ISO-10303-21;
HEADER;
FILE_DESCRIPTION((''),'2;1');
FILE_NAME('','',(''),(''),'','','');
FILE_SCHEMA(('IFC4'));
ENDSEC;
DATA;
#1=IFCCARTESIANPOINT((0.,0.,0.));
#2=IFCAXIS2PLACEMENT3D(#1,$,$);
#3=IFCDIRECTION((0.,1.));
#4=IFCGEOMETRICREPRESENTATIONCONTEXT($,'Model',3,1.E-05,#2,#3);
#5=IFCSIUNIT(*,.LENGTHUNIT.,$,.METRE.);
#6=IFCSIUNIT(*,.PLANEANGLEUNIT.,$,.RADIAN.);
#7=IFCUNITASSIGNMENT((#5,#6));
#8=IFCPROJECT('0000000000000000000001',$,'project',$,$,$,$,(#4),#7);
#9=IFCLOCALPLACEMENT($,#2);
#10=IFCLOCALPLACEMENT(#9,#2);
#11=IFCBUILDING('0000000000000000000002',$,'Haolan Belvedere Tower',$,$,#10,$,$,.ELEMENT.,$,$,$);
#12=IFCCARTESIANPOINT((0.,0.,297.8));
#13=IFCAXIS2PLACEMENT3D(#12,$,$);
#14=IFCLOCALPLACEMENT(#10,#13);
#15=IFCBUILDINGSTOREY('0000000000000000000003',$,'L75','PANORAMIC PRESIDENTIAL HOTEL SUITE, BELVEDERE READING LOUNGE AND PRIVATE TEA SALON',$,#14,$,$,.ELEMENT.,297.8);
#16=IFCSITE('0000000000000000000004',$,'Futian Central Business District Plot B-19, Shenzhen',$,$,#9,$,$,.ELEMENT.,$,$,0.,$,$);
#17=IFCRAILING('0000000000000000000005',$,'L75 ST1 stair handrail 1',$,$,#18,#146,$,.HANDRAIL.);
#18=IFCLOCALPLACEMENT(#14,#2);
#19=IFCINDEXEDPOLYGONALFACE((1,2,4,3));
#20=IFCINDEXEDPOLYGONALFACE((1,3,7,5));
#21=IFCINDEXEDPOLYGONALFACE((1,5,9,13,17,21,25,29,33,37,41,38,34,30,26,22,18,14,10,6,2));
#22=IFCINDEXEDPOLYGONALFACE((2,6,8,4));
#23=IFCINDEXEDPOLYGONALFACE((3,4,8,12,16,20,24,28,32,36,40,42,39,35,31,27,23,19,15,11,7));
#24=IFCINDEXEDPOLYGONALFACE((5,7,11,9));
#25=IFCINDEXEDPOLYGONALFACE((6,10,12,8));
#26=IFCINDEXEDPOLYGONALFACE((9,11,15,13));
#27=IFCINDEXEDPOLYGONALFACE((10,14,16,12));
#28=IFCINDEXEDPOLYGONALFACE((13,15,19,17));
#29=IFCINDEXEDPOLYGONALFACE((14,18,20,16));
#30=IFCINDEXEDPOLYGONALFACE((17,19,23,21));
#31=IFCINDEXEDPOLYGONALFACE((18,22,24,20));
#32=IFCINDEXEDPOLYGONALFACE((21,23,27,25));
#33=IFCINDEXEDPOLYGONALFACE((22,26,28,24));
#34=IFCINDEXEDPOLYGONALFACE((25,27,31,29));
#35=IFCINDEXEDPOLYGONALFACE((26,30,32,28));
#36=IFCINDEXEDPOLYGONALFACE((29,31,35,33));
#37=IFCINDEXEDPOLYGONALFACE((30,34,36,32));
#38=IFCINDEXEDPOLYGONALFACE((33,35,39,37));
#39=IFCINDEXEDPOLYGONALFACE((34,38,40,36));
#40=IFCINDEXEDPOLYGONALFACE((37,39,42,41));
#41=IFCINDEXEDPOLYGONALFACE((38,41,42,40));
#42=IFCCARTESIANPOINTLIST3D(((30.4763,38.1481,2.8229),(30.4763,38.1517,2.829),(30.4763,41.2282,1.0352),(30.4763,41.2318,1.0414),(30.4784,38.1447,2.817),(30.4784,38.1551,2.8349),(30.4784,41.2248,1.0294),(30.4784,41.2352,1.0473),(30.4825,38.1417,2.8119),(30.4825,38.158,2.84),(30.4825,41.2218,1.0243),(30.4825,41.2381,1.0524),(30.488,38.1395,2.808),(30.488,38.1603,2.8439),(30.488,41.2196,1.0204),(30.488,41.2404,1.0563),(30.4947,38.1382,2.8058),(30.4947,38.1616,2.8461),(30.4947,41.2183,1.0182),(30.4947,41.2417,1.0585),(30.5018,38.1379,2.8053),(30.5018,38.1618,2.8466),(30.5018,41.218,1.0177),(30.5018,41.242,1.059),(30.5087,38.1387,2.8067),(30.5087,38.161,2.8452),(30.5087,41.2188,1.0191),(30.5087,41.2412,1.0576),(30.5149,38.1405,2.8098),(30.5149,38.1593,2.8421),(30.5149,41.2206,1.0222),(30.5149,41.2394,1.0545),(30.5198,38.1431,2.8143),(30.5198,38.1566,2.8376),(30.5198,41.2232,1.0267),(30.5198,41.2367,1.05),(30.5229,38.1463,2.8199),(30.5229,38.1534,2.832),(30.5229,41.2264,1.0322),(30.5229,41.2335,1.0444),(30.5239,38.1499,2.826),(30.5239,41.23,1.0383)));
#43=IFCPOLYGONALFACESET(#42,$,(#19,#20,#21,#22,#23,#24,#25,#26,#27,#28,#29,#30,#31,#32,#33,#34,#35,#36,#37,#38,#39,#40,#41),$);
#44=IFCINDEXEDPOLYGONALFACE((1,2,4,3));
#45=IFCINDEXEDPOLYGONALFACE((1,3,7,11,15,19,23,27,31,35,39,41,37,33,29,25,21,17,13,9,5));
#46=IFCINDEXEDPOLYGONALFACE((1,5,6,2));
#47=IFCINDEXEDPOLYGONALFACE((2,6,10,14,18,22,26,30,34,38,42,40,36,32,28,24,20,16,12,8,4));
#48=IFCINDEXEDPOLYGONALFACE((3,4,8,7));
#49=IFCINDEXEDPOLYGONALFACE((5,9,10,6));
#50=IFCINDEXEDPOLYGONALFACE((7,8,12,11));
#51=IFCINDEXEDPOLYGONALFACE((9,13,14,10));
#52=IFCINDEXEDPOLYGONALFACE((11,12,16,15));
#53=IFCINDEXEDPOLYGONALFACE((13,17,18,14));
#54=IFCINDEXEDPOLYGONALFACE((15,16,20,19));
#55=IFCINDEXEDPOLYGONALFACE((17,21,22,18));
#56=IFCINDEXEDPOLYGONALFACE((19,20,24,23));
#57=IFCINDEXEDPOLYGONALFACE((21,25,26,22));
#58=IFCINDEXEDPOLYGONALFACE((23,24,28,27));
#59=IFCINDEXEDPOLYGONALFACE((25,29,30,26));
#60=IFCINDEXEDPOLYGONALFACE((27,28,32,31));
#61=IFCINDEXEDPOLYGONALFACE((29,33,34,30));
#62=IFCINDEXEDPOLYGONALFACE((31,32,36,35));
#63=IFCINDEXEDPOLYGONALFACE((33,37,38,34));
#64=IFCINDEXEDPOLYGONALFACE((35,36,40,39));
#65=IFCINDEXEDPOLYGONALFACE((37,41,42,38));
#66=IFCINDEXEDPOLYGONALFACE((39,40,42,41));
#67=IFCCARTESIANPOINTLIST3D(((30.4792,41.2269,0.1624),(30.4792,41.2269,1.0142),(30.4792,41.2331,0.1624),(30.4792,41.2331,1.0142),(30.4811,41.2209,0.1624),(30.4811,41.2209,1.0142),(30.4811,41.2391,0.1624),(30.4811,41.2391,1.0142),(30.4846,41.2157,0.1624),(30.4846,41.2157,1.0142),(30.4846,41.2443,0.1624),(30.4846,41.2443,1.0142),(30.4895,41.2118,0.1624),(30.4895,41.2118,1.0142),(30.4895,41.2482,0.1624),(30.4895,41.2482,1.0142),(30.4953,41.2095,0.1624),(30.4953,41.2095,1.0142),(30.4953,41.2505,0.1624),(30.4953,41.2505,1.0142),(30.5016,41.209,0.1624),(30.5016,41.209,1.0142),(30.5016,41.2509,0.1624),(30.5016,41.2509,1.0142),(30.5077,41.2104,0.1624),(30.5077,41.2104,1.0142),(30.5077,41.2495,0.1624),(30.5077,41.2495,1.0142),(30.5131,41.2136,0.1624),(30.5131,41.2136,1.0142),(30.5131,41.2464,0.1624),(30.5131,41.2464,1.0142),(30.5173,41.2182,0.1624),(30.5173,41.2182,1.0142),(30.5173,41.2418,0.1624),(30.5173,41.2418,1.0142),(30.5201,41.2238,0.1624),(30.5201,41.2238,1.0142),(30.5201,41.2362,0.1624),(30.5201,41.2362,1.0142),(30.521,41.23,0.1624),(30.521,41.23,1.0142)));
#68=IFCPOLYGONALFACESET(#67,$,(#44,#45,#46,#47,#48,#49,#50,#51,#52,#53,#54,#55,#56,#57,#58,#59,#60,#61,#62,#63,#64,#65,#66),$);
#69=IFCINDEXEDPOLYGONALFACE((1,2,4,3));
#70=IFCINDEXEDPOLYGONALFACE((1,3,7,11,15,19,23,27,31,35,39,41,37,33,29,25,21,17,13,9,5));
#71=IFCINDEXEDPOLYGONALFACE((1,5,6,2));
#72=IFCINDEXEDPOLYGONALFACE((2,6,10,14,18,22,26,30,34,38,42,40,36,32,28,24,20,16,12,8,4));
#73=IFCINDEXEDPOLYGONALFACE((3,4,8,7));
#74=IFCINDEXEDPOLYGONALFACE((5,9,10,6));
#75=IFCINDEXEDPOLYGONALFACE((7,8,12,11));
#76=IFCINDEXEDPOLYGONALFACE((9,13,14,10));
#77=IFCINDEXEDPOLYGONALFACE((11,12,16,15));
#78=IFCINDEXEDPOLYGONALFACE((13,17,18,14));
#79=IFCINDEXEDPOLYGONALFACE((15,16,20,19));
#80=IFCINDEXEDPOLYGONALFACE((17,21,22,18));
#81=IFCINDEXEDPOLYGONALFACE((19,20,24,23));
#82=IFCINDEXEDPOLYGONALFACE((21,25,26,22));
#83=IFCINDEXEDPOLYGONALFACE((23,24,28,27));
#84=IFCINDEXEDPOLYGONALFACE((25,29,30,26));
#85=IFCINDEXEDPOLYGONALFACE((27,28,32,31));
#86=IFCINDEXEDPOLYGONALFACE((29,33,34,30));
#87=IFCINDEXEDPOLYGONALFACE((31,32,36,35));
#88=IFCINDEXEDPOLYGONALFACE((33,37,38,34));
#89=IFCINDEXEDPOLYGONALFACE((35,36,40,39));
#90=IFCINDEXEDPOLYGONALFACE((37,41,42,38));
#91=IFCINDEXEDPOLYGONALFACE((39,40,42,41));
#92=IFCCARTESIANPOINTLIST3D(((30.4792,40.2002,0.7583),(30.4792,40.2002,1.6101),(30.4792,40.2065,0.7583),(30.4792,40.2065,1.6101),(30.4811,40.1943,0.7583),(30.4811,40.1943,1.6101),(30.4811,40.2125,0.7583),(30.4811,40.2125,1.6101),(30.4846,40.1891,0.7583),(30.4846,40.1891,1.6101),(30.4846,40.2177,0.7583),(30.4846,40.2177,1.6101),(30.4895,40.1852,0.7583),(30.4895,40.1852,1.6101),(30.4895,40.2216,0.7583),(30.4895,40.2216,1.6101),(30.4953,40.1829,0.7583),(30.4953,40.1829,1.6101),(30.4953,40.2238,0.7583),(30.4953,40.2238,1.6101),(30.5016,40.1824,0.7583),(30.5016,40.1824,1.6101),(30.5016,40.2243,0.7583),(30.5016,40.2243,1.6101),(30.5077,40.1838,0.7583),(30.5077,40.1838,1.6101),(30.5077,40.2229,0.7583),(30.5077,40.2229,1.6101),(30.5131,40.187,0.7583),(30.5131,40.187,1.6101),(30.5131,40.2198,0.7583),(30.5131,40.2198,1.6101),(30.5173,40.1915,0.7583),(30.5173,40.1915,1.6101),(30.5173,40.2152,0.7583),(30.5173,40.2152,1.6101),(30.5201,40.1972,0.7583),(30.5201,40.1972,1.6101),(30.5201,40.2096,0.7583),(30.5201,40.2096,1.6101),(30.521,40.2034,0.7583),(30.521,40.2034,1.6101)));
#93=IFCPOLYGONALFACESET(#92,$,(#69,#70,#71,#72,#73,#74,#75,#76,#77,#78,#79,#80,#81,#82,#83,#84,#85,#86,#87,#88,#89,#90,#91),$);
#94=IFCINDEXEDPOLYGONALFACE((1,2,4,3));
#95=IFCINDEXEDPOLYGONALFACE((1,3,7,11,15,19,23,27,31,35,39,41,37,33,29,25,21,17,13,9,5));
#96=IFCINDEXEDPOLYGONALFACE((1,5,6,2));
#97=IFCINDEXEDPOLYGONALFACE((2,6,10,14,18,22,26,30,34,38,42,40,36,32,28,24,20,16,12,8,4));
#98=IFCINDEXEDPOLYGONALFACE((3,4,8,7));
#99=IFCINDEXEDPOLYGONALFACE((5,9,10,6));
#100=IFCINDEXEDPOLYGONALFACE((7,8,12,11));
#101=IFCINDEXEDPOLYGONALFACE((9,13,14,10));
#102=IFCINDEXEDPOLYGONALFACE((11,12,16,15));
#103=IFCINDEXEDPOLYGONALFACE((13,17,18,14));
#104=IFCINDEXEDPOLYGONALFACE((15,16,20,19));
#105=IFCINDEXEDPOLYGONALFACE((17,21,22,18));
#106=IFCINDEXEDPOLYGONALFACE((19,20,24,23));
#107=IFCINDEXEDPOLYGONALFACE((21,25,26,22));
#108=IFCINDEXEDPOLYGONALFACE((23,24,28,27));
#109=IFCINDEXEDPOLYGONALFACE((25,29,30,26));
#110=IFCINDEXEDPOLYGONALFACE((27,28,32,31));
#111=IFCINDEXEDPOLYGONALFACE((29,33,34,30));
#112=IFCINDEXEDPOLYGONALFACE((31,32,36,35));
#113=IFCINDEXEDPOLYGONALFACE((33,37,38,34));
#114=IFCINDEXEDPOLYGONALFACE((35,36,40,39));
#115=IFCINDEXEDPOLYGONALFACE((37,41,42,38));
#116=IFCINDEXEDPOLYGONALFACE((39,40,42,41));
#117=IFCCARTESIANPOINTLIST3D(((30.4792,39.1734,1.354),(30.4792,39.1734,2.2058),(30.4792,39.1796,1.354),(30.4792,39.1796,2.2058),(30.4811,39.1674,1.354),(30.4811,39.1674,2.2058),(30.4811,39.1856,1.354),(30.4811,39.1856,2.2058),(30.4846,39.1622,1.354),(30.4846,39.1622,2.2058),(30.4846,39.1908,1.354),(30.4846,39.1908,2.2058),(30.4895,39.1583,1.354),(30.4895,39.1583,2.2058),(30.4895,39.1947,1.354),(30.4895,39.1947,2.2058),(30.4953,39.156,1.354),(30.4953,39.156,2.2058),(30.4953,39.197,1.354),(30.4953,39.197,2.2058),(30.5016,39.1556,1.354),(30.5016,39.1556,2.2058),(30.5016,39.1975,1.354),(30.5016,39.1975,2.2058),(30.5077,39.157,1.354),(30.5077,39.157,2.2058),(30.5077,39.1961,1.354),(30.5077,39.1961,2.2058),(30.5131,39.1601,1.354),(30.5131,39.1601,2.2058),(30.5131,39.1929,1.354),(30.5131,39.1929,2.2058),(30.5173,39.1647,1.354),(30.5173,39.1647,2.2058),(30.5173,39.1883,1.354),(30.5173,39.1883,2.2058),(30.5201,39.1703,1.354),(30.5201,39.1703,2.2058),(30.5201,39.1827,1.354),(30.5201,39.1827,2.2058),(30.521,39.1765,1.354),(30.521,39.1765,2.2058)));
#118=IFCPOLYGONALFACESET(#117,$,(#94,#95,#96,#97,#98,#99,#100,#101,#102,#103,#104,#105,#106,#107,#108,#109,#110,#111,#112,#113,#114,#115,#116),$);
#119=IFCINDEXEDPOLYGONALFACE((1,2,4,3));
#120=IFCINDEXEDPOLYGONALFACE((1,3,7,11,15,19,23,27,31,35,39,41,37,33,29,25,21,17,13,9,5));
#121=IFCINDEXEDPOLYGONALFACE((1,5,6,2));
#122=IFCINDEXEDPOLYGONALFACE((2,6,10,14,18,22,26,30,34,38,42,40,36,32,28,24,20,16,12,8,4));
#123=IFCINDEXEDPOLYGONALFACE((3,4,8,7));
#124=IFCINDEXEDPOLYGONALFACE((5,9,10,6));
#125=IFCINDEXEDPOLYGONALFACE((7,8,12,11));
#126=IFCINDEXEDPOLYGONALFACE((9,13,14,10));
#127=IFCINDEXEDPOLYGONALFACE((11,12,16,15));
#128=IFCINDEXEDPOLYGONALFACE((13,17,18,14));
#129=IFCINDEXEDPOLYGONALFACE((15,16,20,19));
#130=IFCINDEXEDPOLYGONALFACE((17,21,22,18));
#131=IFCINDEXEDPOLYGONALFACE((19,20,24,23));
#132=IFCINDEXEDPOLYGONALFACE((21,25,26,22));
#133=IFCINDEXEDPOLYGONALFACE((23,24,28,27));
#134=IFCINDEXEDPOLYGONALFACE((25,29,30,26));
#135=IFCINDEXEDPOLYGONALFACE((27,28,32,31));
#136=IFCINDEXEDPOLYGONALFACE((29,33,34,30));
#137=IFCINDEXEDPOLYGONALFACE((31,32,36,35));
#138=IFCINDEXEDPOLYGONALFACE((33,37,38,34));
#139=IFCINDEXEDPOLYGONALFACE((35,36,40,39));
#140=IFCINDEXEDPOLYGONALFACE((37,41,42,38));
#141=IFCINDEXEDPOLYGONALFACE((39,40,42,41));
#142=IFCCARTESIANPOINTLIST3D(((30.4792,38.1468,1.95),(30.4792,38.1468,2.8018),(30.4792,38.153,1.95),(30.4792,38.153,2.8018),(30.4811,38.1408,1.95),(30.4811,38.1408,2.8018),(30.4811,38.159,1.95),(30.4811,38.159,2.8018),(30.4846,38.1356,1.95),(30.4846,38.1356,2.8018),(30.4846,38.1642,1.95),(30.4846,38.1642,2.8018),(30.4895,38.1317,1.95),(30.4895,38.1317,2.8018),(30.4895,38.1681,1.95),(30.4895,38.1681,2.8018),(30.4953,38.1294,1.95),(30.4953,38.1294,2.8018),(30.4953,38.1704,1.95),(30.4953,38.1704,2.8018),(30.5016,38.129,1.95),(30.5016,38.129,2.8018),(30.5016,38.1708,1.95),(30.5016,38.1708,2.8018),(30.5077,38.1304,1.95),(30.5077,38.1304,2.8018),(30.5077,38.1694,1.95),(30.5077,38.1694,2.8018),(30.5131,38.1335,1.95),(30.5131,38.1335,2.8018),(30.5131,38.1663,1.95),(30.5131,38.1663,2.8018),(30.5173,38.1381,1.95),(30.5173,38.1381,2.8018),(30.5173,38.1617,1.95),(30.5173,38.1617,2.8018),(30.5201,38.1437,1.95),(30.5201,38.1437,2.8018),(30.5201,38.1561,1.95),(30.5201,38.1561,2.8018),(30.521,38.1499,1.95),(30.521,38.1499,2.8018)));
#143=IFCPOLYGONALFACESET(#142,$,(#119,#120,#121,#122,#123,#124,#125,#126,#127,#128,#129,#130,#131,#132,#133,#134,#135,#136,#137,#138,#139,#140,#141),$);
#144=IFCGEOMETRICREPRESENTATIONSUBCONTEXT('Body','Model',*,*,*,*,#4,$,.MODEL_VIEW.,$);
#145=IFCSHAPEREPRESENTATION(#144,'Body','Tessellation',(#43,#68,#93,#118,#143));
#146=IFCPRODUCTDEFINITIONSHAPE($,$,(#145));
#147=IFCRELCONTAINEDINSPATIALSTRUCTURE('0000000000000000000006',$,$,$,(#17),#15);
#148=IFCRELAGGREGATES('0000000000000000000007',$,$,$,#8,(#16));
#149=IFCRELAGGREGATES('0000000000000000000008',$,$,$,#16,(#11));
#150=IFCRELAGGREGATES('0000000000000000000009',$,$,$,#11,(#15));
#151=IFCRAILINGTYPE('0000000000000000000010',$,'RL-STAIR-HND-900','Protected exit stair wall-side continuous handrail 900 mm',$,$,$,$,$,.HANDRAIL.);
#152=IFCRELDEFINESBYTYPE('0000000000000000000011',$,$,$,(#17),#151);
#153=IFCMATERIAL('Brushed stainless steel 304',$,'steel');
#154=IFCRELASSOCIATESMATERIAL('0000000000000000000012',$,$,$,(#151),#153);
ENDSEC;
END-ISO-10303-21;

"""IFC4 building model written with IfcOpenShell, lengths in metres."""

from ifc_helpers import new_model, si_unit, direction, frame, origin, origin_2d, place, context, subcontext, project, spatial, circle, extrude, material, type_object, element, save


model = new_model("IFC4")

# Units and contexts
model_context = context("Model", 3, precision=1e-05, world=origin(), true_north=direction((0.0, 1.0)))
body_context = subcontext(model_context, "Body", "Model", "MODEL_VIEW")
ifc_project = project(units=[si_unit("LENGTHUNIT", "METRE"), si_unit("PLANEANGLEUNIT", "RADIAN")], contexts=[model_context])

# Site, building, storey
site_placement = place(None, origin())
site = spatial("IfcSite", under=ifc_project, at=site_placement, Name="Futian Central Business District Plot B-19, Shenzhen", CompositionType="ELEMENT", RefElevation=0.0)
building_placement = place(site_placement, origin())
building = spatial("IfcBuilding", under=site, at=building_placement, Name="Haolan Belvedere Tower", CompositionType="ELEMENT")
storey_placement = place(building_placement, frame((0.0, 0.0, 297.8)))
storey = spatial("IfcBuildingStorey", under=building, at=storey_placement, Name="L75", Description="PANORAMIC PRESIDENTIAL HOTEL SUITE, BELVEDERE READING LOUNGE AND PRIVATE TEA SALON", CompositionType="ELEMENT", Elevation=297.8)

# Railing
ifc_material_1 = material(Name="Brushed stainless steel 304", Category="steel")
railing_type_1 = type_object("IfcRailingType", Name="RL-STAIR-HND-900", Description="Protected exit stair wall-side continuous handrail 900 mm", PredefinedType="HANDRAIL", material=ifc_material_1)
railing_1_placement = place(storey_placement, frame((30.5, 41.23, 0.1624)))
element("IfcRailing", 1, at=railing_1_placement, inside=storey, type_object=railing_type_1, Name="L75 ST1 stair handrail 1", PredefinedType="HANDRAIL", context=body_context, shape_type="SweptSolid", body=[
    extrude(circle(Radius=0.0239, at=origin_2d()), frame((0.0, 0.0, 0.876), z_axis=(0.0, -0.864891, 0.50196), x_axis=(1.0, 0.0, 0.0)), (0.0, 0.0, 1.0), 3.5613),
    extrude(circle(Radius=0.021, at=origin_2d()), origin(), (0.0, 0.0, 1.0), 0.8518),
    extrude(circle(Radius=0.021, at=origin_2d()), frame((0.0, -1.0266, 0.5959)), (0.0, 0.0, 1.0), 0.8518),
    extrude(circle(Radius=0.021, at=origin_2d()), frame((0.0, -2.0535, 1.1917)), (0.0, 0.0, 1.0), 0.8518),
    extrude(circle(Radius=0.021, at=origin_2d()), frame((0.0, -3.0801, 1.7876)), (0.0, 0.0, 1.0), 0.8518),
])

save(model, "model.ifc")
